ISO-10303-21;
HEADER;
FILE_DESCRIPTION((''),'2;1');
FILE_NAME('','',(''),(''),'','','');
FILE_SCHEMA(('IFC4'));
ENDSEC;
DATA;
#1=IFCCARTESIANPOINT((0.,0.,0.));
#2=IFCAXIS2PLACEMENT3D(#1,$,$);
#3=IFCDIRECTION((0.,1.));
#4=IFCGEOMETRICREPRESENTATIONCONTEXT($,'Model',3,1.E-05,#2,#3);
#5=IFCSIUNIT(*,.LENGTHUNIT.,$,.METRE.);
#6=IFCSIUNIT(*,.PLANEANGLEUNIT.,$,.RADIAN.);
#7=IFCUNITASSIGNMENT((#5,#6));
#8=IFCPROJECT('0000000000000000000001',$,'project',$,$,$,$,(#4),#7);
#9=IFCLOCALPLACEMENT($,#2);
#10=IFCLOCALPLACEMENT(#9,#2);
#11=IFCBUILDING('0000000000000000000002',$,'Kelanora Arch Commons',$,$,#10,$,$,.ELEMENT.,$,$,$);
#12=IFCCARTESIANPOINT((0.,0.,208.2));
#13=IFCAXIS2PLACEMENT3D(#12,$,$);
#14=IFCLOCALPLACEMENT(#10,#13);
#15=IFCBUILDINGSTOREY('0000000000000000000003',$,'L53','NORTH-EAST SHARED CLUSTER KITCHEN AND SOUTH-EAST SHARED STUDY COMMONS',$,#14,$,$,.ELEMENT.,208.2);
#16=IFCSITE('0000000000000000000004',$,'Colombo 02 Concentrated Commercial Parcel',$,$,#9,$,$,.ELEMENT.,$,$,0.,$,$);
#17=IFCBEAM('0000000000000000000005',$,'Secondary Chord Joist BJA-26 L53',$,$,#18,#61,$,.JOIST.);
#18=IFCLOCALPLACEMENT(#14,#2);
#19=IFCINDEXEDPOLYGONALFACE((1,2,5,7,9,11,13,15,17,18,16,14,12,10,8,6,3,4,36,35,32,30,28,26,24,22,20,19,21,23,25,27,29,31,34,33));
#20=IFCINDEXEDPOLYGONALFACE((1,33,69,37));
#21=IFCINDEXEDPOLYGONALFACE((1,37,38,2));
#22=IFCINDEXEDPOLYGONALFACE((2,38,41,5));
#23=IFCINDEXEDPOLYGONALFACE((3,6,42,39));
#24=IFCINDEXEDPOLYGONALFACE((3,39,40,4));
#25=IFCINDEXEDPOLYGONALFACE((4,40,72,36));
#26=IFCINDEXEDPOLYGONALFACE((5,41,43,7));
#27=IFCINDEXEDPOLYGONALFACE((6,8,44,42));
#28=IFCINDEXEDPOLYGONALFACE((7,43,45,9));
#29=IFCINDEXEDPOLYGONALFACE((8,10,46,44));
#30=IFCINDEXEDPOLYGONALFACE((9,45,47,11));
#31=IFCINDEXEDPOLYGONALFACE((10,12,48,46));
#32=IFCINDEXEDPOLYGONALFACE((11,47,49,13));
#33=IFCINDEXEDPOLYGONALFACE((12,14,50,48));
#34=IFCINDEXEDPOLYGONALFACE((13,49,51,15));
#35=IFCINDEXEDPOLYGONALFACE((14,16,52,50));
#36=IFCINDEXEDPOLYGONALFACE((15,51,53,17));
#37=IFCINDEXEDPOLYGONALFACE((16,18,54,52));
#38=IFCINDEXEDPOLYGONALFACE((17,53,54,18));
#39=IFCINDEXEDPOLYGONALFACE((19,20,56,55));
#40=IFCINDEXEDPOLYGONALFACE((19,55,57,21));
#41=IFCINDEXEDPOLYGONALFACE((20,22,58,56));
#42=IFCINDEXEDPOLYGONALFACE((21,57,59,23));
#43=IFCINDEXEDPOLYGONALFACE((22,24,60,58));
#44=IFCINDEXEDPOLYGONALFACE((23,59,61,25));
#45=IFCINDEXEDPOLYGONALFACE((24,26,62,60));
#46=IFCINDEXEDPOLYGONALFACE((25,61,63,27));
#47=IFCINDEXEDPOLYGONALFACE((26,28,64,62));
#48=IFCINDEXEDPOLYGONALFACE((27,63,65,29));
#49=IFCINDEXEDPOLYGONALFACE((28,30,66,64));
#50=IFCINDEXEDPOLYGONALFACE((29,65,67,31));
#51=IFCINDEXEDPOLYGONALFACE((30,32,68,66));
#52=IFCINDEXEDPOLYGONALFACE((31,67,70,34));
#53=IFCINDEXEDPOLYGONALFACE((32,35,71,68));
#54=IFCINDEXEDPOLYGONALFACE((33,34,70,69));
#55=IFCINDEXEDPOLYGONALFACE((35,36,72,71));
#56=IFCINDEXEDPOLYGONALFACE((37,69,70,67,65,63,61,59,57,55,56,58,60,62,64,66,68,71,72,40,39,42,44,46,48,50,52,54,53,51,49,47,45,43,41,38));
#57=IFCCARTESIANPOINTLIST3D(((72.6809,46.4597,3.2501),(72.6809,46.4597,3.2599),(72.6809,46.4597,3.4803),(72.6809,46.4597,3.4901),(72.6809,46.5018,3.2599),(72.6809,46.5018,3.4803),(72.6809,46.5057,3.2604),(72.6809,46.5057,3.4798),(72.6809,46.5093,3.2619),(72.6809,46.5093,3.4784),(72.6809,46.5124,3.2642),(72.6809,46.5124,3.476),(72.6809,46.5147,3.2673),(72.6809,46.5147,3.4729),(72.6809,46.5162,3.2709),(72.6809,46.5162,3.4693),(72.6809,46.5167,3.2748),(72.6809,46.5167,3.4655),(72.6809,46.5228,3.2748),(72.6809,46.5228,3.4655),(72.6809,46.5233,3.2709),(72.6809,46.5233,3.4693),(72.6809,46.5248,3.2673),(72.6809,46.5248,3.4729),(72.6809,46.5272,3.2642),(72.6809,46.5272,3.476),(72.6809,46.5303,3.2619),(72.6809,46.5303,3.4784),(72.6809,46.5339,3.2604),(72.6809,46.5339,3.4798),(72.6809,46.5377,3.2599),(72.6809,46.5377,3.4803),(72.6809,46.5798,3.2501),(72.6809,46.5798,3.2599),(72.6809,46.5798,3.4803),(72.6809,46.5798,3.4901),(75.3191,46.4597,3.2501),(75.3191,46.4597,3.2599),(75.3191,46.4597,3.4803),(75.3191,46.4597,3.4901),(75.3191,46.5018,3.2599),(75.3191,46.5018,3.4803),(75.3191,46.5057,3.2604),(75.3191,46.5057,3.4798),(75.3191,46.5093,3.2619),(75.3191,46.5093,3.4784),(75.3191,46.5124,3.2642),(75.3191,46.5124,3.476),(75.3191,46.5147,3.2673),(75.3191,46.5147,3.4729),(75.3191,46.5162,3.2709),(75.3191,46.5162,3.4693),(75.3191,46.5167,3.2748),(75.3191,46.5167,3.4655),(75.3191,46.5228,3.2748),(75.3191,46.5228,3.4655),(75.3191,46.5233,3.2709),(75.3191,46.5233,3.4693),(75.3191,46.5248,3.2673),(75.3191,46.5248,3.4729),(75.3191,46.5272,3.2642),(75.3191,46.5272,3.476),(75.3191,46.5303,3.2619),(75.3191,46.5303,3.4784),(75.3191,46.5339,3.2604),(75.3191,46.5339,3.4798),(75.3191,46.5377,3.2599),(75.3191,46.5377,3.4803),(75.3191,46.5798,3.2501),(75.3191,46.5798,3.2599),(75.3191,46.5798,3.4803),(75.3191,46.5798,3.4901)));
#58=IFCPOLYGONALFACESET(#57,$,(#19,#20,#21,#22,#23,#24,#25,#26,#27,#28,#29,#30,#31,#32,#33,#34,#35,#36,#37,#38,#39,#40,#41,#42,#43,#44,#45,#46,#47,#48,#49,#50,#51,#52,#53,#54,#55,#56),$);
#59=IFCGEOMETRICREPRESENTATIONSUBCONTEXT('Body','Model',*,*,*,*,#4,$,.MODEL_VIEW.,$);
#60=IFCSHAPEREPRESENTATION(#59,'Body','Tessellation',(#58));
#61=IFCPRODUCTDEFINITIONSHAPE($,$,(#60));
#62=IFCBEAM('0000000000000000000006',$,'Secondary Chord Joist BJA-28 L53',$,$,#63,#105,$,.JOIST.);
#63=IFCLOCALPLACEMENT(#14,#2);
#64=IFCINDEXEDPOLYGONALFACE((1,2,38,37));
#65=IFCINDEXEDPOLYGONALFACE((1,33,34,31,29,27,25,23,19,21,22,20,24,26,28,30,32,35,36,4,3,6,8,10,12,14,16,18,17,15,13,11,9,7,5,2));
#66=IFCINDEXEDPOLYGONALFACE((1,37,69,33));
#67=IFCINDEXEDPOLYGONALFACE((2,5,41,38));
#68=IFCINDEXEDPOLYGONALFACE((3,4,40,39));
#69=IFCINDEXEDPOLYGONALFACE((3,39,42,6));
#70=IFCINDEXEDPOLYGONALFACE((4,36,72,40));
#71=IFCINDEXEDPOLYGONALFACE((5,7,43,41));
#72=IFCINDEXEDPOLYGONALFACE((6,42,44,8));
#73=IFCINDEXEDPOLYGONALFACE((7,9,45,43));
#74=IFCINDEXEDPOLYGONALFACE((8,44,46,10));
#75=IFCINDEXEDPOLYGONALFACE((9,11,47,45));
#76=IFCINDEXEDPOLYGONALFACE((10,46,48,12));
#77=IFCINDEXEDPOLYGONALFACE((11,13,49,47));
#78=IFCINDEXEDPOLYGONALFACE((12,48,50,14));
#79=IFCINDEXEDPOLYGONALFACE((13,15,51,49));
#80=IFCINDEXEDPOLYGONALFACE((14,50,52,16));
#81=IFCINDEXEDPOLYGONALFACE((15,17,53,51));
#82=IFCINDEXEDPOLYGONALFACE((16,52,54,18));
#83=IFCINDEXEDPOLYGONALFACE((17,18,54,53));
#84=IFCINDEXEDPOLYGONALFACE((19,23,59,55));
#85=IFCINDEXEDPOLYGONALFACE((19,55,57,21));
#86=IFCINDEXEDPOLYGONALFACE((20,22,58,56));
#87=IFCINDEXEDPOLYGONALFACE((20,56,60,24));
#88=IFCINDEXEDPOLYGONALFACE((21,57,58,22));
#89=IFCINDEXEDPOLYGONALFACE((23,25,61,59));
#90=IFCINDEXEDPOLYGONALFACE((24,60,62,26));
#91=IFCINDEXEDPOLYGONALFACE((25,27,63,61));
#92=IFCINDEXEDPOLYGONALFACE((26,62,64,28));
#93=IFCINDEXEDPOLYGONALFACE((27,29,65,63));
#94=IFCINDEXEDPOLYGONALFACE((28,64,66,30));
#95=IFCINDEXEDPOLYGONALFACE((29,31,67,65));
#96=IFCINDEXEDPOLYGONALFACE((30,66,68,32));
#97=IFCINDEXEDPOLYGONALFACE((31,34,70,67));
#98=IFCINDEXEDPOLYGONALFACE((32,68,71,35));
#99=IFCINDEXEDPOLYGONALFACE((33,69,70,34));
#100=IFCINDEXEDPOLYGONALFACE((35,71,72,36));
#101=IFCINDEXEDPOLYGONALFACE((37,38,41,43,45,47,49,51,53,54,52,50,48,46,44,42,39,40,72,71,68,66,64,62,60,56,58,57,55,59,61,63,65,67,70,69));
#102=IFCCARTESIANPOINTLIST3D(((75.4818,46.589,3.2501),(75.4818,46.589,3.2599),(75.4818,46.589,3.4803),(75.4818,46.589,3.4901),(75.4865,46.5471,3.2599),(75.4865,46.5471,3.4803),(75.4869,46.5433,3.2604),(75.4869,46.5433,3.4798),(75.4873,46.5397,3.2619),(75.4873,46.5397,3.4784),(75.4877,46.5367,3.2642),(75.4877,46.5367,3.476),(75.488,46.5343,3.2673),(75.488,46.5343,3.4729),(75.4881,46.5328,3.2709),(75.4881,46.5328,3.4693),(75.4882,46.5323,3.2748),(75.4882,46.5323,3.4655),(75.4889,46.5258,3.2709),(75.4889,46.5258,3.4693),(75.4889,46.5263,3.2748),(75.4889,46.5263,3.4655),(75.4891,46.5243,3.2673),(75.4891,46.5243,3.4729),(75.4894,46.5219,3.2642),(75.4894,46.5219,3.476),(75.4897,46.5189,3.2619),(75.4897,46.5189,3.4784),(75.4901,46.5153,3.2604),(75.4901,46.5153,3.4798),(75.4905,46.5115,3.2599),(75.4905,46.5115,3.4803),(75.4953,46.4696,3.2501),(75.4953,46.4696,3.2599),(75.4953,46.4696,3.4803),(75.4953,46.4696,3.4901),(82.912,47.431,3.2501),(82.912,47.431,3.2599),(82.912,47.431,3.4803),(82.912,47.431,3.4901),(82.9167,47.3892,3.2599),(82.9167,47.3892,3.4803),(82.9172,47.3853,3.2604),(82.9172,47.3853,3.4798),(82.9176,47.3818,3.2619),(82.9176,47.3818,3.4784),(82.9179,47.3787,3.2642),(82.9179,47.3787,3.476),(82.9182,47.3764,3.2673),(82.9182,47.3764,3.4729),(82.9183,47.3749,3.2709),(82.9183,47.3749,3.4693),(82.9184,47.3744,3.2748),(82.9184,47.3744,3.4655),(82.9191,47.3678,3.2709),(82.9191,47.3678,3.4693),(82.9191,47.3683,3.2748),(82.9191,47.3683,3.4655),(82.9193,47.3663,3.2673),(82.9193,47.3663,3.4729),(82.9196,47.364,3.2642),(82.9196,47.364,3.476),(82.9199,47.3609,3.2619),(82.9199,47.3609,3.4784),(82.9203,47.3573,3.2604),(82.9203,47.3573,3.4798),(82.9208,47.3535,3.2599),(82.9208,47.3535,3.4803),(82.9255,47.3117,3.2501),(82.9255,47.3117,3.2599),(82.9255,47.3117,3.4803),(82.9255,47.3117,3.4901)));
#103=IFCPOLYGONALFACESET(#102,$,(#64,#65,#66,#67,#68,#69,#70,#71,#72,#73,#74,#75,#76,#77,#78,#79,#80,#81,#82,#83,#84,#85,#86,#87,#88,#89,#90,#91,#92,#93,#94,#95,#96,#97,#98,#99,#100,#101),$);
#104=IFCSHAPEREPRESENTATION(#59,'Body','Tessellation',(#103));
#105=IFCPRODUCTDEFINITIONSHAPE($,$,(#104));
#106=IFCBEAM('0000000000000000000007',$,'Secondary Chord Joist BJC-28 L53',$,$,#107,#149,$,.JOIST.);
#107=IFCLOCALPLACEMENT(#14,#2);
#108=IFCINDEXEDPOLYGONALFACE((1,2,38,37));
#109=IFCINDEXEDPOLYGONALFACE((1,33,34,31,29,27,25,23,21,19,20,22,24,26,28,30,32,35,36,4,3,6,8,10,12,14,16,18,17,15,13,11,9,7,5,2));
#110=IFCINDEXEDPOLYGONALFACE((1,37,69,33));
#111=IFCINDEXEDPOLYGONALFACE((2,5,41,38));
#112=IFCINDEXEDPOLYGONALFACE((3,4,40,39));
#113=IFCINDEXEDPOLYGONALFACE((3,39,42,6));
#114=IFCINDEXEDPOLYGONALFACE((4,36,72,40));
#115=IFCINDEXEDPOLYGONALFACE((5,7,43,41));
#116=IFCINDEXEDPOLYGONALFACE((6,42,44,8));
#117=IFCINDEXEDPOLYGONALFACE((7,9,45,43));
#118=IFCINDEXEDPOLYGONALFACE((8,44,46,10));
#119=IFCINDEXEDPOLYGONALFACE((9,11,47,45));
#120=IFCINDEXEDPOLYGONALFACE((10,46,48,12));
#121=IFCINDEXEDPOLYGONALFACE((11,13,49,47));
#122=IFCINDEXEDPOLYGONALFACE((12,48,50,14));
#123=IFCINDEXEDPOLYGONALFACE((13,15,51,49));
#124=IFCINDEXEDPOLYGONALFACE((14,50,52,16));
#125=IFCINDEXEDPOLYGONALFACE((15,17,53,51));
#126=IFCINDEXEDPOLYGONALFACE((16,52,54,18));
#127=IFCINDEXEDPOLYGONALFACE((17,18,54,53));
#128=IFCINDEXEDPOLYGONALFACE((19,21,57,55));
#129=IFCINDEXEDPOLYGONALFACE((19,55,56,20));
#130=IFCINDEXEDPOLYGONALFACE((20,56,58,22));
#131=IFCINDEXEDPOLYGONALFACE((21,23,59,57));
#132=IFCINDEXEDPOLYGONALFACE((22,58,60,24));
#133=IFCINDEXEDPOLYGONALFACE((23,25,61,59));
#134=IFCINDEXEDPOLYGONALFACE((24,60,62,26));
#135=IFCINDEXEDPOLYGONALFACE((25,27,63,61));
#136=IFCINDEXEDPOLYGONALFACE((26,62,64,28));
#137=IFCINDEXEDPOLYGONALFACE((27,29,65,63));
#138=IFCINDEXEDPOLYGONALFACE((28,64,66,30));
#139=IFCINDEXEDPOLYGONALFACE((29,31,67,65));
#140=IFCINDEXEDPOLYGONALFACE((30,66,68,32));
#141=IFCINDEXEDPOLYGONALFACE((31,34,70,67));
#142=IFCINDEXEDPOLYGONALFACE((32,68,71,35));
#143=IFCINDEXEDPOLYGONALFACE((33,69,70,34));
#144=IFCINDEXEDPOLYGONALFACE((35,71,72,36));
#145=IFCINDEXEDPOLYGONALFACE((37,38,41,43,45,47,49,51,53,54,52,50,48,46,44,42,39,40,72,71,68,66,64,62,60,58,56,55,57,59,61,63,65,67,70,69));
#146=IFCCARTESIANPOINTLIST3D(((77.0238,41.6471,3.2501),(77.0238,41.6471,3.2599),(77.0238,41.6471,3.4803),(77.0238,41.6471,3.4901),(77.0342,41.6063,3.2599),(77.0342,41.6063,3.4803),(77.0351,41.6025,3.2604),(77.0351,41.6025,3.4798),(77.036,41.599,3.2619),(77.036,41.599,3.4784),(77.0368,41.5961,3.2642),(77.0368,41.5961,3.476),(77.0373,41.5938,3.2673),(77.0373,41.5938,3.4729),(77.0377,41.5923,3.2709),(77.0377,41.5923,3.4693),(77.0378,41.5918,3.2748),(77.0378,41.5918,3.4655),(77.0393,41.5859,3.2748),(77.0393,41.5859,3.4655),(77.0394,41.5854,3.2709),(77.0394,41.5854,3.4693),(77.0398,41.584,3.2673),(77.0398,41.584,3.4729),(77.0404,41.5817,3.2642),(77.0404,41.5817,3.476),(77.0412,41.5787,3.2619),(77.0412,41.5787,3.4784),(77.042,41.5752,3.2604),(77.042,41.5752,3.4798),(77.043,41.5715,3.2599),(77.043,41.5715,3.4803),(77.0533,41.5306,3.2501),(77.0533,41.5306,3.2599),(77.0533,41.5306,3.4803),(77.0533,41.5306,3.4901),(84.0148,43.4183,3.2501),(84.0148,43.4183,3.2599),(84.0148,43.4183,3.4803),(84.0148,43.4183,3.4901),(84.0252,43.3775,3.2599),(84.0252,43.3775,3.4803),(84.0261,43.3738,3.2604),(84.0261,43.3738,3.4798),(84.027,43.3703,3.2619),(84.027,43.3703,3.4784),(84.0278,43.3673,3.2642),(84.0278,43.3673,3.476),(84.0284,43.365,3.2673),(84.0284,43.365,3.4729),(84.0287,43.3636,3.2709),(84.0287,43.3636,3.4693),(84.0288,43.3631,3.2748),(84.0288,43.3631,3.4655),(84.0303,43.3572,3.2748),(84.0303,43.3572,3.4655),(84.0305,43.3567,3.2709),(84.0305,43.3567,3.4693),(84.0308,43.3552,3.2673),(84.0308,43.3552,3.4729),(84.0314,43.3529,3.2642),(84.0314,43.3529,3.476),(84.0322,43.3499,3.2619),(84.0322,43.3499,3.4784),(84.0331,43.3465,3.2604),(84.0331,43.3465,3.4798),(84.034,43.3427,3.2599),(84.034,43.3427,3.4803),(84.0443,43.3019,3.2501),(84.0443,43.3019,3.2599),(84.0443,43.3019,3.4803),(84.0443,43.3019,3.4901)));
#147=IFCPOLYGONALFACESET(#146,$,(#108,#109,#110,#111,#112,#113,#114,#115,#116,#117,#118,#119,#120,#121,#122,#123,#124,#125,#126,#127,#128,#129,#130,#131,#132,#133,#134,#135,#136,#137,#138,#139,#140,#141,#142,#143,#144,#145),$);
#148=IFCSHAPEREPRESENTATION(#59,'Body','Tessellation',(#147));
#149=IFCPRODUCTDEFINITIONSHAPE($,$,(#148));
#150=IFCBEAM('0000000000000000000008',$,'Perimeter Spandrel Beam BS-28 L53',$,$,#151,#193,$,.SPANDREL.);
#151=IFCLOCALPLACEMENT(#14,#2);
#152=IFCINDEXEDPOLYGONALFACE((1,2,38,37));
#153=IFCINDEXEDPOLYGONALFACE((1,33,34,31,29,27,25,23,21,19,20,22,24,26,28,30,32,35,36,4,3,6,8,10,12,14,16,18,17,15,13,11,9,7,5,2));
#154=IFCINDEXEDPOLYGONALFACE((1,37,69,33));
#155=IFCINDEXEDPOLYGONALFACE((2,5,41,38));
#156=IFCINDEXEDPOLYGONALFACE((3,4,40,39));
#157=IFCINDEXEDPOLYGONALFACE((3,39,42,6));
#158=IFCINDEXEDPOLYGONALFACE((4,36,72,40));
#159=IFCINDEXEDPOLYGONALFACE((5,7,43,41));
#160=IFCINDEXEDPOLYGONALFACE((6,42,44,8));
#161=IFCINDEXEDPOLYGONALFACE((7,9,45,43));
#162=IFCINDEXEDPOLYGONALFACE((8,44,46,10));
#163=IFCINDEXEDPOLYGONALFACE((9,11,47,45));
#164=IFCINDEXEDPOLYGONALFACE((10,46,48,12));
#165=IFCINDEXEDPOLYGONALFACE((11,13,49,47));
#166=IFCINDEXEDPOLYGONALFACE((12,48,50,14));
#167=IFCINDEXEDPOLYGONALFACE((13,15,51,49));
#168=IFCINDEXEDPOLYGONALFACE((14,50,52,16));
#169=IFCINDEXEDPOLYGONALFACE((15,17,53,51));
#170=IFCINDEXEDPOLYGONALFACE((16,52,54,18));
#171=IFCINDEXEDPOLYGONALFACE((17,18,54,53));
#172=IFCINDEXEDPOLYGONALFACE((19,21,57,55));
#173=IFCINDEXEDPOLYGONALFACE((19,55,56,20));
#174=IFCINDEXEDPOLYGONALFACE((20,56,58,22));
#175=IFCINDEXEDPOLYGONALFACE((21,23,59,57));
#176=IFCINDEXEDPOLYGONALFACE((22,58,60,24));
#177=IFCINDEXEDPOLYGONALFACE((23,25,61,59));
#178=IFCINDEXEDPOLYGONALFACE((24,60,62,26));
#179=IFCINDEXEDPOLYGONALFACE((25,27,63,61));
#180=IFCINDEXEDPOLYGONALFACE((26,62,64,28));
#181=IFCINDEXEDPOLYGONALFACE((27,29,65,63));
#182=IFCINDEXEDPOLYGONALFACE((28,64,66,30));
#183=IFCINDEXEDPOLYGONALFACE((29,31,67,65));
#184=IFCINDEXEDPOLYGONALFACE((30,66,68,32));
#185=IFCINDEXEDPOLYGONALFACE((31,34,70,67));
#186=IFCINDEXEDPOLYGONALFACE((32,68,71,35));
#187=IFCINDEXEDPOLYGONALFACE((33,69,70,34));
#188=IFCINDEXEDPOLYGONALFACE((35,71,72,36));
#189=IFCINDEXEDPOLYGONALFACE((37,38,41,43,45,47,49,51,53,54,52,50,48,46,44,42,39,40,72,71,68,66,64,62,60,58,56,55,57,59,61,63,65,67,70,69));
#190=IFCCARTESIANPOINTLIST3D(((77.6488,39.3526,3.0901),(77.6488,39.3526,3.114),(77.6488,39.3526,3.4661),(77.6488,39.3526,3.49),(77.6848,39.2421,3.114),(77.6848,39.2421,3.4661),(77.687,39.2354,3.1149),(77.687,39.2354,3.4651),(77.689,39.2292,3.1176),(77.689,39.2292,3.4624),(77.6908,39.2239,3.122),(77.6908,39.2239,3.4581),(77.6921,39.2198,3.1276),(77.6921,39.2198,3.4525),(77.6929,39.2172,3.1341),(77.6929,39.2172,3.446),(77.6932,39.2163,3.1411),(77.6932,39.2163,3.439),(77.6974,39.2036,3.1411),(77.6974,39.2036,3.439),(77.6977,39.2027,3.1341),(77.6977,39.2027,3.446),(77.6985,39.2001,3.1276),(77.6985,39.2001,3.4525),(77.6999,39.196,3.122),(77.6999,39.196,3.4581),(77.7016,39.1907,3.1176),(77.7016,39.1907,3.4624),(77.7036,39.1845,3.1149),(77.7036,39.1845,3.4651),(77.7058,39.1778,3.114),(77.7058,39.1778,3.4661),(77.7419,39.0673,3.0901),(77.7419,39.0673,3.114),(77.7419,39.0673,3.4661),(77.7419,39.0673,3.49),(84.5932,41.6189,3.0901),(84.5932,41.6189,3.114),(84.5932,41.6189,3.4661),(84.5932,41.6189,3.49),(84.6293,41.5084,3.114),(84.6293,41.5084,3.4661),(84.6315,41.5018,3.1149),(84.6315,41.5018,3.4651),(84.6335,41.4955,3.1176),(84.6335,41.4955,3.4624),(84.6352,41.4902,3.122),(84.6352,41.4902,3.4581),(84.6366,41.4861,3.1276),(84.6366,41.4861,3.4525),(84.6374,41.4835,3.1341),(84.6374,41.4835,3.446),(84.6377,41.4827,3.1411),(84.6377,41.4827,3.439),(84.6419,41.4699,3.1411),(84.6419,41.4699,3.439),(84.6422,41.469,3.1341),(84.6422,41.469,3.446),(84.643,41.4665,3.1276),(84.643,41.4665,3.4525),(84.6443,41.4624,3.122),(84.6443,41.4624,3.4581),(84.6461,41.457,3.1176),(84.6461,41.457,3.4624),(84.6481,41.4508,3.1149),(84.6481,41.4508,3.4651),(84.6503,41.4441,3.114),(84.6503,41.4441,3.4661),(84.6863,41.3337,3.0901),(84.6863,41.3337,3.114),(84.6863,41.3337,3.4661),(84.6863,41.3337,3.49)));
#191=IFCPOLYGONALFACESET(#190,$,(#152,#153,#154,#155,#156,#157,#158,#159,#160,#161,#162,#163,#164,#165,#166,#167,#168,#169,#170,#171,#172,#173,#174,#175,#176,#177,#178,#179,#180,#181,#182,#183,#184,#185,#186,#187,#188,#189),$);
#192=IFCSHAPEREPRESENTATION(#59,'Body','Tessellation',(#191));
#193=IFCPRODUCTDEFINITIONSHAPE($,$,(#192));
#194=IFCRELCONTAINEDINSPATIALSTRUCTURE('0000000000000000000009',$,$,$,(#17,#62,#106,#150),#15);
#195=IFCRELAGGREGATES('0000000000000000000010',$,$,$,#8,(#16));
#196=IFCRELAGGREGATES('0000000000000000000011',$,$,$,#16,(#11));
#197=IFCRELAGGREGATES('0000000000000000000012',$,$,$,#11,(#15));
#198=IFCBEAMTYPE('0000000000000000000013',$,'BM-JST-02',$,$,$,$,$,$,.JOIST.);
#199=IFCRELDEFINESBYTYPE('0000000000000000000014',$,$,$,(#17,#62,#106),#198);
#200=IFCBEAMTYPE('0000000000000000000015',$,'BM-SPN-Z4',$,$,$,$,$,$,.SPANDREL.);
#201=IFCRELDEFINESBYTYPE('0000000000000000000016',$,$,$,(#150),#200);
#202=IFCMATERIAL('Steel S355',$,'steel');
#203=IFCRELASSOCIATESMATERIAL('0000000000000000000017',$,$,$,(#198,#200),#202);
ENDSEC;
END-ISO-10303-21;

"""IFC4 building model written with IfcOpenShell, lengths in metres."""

from ifc_helpers import new_model, si_unit, direction, frame, origin, origin_2d, place, context, subcontext, project, spatial, i_section, extrude, material, material_profile, profile_set, type_object, element, save


model = new_model("IFC4")

# Units and contexts
model_context = context("Model", 3, precision=1e-05, world=origin(), true_north=direction((0.0, 1.0)))
body_context = subcontext(model_context, "Body", "Model", "MODEL_VIEW")
ifc_project = project(units=[si_unit("LENGTHUNIT", "METRE"), si_unit("PLANEANGLEUNIT", "RADIAN")], contexts=[model_context])

# Site, building, storey
site_placement = place(None, origin())
site = spatial("IfcSite", under=ifc_project, at=site_placement, Name="Colombo 02 Concentrated Commercial Parcel", CompositionType="ELEMENT", RefElevation=0.0)
building_placement = place(site_placement, origin())
building = spatial("IfcBuilding", under=site, at=building_placement, Name="Kelanora Arch Commons", CompositionType="ELEMENT")
storey_placement = place(building_placement, frame((0.0, 0.0, 208.2)))
storey = spatial("IfcBuildingStorey", under=building, at=storey_placement, Name="L53", Description="NORTH-EAST SHARED CLUSTER KITCHEN AND SOUTH-EAST SHARED STUDY COMMONS", CompositionType="ELEMENT", Elevation=208.2)

# Beams
ifc_material_1 = material(Name="Steel S355", Category="steel")
ifc_material_profile_1 = material_profile(ifc_material_1, i_section(OverallWidth=0.1201, OverallDepth=0.24, WebThickness=0.0061, FlangeThickness=0.0098, FilletRadius=0.0149, at=origin_2d()), Name="IPE240")
ifc_profile_set_1 = profile_set([ifc_material_profile_1], Name="Steel S355")
beam_type_1 = type_object("IfcBeamType", Name="BM-JST-02", PredefinedType="JOIST", material=ifc_profile_set_1)
beam_1_placement = place(storey_placement, frame((72.6809, 46.5198, 3.3701), z_axis=(1.0, 0.0, 0.0), x_axis=(0.0, 1.0, 0.0)))
element("IfcBeam", 1, at=beam_1_placement, inside=storey, type_object=beam_type_1, Name="Secondary Chord Joist BJA-26 L53", PredefinedType="JOIST", context=body_context, shape_type="SweptSolid", body=[
    extrude(i_section(OverallWidth=0.1201, OverallDepth=0.24, WebThickness=0.0061, FlangeThickness=0.0098, FilletRadius=0.0149, at=origin_2d()), origin(), (0.0, 0.0, 1.0), 2.6382),
])
beam_2_placement = place(storey_placement, frame((75.4885, 46.5293, 3.3701), z_axis=(0.99364, 0.112606, 0.0), x_axis=(-0.112606, 0.99364, 0.0)))
element("IfcBeam", 2, at=beam_2_placement, inside=storey, type_object=beam_type_1, Name="Secondary Chord Joist BJA-28 L53", PredefinedType="JOIST", context=body_context, shape_type="SweptSolid", body=[
    extrude(i_section(OverallWidth=0.1201, OverallDepth=0.24, WebThickness=0.0061, FlangeThickness=0.0098, FilletRadius=0.0149, at=origin_2d()), origin(), (0.0, 0.0, 1.0), 7.4778),
])
beam_3_placement = place(storey_placement, frame((77.0386, 41.5889, 3.3701), z_axis=(0.969371, 0.245601, 0.0), x_axis=(-0.245601, 0.969371, 0.0)))
element("IfcBeam", 3, at=beam_3_placement, inside=storey, type_object=beam_type_1, Name="Secondary Chord Joist BJC-28 L53", PredefinedType="JOIST", context=body_context, shape_type="SweptSolid", body=[
    extrude(i_section(OverallWidth=0.1201, OverallDepth=0.24, WebThickness=0.0061, FlangeThickness=0.0098, FilletRadius=0.0149, at=origin_2d()), origin(), (0.0, 0.0, 1.0), 7.2119),
])
ifc_material_profile_2 = material_profile(ifc_material_1, i_section(OverallWidth=0.3, OverallDepth=0.3999, WebThickness=0.0134, FlangeThickness=0.0239, FilletRadius=0.0271, at=origin_2d()), Name="HEB400")
ifc_profile_set_2 = profile_set([ifc_material_profile_2], Name="Steel S355")
beam_type_2 = type_object("IfcBeamType", Name="BM-SPN-Z4", PredefinedType="SPANDREL", material=ifc_profile_set_2)
beam_4_placement = place(storey_placement, frame((77.6953, 39.21, 3.29), z_axis=(0.950656, 0.310246, 0.0), x_axis=(-0.310246, 0.950656, 0.0)))
element("IfcBeam", 4, at=beam_4_placement, inside=storey, type_object=beam_type_2, Name="Perimeter Spandrel Beam BS-28 L53", PredefinedType="SPANDREL", context=body_context, shape_type="SweptSolid", body=[
    extrude(i_section(OverallWidth=0.3, OverallDepth=0.3999, WebThickness=0.0134, FlangeThickness=0.0239, FilletRadius=0.0271, at=origin_2d()), origin(), (0.0, 0.0, 1.0), 7.3049),
])

save(model, "model.ifc")
